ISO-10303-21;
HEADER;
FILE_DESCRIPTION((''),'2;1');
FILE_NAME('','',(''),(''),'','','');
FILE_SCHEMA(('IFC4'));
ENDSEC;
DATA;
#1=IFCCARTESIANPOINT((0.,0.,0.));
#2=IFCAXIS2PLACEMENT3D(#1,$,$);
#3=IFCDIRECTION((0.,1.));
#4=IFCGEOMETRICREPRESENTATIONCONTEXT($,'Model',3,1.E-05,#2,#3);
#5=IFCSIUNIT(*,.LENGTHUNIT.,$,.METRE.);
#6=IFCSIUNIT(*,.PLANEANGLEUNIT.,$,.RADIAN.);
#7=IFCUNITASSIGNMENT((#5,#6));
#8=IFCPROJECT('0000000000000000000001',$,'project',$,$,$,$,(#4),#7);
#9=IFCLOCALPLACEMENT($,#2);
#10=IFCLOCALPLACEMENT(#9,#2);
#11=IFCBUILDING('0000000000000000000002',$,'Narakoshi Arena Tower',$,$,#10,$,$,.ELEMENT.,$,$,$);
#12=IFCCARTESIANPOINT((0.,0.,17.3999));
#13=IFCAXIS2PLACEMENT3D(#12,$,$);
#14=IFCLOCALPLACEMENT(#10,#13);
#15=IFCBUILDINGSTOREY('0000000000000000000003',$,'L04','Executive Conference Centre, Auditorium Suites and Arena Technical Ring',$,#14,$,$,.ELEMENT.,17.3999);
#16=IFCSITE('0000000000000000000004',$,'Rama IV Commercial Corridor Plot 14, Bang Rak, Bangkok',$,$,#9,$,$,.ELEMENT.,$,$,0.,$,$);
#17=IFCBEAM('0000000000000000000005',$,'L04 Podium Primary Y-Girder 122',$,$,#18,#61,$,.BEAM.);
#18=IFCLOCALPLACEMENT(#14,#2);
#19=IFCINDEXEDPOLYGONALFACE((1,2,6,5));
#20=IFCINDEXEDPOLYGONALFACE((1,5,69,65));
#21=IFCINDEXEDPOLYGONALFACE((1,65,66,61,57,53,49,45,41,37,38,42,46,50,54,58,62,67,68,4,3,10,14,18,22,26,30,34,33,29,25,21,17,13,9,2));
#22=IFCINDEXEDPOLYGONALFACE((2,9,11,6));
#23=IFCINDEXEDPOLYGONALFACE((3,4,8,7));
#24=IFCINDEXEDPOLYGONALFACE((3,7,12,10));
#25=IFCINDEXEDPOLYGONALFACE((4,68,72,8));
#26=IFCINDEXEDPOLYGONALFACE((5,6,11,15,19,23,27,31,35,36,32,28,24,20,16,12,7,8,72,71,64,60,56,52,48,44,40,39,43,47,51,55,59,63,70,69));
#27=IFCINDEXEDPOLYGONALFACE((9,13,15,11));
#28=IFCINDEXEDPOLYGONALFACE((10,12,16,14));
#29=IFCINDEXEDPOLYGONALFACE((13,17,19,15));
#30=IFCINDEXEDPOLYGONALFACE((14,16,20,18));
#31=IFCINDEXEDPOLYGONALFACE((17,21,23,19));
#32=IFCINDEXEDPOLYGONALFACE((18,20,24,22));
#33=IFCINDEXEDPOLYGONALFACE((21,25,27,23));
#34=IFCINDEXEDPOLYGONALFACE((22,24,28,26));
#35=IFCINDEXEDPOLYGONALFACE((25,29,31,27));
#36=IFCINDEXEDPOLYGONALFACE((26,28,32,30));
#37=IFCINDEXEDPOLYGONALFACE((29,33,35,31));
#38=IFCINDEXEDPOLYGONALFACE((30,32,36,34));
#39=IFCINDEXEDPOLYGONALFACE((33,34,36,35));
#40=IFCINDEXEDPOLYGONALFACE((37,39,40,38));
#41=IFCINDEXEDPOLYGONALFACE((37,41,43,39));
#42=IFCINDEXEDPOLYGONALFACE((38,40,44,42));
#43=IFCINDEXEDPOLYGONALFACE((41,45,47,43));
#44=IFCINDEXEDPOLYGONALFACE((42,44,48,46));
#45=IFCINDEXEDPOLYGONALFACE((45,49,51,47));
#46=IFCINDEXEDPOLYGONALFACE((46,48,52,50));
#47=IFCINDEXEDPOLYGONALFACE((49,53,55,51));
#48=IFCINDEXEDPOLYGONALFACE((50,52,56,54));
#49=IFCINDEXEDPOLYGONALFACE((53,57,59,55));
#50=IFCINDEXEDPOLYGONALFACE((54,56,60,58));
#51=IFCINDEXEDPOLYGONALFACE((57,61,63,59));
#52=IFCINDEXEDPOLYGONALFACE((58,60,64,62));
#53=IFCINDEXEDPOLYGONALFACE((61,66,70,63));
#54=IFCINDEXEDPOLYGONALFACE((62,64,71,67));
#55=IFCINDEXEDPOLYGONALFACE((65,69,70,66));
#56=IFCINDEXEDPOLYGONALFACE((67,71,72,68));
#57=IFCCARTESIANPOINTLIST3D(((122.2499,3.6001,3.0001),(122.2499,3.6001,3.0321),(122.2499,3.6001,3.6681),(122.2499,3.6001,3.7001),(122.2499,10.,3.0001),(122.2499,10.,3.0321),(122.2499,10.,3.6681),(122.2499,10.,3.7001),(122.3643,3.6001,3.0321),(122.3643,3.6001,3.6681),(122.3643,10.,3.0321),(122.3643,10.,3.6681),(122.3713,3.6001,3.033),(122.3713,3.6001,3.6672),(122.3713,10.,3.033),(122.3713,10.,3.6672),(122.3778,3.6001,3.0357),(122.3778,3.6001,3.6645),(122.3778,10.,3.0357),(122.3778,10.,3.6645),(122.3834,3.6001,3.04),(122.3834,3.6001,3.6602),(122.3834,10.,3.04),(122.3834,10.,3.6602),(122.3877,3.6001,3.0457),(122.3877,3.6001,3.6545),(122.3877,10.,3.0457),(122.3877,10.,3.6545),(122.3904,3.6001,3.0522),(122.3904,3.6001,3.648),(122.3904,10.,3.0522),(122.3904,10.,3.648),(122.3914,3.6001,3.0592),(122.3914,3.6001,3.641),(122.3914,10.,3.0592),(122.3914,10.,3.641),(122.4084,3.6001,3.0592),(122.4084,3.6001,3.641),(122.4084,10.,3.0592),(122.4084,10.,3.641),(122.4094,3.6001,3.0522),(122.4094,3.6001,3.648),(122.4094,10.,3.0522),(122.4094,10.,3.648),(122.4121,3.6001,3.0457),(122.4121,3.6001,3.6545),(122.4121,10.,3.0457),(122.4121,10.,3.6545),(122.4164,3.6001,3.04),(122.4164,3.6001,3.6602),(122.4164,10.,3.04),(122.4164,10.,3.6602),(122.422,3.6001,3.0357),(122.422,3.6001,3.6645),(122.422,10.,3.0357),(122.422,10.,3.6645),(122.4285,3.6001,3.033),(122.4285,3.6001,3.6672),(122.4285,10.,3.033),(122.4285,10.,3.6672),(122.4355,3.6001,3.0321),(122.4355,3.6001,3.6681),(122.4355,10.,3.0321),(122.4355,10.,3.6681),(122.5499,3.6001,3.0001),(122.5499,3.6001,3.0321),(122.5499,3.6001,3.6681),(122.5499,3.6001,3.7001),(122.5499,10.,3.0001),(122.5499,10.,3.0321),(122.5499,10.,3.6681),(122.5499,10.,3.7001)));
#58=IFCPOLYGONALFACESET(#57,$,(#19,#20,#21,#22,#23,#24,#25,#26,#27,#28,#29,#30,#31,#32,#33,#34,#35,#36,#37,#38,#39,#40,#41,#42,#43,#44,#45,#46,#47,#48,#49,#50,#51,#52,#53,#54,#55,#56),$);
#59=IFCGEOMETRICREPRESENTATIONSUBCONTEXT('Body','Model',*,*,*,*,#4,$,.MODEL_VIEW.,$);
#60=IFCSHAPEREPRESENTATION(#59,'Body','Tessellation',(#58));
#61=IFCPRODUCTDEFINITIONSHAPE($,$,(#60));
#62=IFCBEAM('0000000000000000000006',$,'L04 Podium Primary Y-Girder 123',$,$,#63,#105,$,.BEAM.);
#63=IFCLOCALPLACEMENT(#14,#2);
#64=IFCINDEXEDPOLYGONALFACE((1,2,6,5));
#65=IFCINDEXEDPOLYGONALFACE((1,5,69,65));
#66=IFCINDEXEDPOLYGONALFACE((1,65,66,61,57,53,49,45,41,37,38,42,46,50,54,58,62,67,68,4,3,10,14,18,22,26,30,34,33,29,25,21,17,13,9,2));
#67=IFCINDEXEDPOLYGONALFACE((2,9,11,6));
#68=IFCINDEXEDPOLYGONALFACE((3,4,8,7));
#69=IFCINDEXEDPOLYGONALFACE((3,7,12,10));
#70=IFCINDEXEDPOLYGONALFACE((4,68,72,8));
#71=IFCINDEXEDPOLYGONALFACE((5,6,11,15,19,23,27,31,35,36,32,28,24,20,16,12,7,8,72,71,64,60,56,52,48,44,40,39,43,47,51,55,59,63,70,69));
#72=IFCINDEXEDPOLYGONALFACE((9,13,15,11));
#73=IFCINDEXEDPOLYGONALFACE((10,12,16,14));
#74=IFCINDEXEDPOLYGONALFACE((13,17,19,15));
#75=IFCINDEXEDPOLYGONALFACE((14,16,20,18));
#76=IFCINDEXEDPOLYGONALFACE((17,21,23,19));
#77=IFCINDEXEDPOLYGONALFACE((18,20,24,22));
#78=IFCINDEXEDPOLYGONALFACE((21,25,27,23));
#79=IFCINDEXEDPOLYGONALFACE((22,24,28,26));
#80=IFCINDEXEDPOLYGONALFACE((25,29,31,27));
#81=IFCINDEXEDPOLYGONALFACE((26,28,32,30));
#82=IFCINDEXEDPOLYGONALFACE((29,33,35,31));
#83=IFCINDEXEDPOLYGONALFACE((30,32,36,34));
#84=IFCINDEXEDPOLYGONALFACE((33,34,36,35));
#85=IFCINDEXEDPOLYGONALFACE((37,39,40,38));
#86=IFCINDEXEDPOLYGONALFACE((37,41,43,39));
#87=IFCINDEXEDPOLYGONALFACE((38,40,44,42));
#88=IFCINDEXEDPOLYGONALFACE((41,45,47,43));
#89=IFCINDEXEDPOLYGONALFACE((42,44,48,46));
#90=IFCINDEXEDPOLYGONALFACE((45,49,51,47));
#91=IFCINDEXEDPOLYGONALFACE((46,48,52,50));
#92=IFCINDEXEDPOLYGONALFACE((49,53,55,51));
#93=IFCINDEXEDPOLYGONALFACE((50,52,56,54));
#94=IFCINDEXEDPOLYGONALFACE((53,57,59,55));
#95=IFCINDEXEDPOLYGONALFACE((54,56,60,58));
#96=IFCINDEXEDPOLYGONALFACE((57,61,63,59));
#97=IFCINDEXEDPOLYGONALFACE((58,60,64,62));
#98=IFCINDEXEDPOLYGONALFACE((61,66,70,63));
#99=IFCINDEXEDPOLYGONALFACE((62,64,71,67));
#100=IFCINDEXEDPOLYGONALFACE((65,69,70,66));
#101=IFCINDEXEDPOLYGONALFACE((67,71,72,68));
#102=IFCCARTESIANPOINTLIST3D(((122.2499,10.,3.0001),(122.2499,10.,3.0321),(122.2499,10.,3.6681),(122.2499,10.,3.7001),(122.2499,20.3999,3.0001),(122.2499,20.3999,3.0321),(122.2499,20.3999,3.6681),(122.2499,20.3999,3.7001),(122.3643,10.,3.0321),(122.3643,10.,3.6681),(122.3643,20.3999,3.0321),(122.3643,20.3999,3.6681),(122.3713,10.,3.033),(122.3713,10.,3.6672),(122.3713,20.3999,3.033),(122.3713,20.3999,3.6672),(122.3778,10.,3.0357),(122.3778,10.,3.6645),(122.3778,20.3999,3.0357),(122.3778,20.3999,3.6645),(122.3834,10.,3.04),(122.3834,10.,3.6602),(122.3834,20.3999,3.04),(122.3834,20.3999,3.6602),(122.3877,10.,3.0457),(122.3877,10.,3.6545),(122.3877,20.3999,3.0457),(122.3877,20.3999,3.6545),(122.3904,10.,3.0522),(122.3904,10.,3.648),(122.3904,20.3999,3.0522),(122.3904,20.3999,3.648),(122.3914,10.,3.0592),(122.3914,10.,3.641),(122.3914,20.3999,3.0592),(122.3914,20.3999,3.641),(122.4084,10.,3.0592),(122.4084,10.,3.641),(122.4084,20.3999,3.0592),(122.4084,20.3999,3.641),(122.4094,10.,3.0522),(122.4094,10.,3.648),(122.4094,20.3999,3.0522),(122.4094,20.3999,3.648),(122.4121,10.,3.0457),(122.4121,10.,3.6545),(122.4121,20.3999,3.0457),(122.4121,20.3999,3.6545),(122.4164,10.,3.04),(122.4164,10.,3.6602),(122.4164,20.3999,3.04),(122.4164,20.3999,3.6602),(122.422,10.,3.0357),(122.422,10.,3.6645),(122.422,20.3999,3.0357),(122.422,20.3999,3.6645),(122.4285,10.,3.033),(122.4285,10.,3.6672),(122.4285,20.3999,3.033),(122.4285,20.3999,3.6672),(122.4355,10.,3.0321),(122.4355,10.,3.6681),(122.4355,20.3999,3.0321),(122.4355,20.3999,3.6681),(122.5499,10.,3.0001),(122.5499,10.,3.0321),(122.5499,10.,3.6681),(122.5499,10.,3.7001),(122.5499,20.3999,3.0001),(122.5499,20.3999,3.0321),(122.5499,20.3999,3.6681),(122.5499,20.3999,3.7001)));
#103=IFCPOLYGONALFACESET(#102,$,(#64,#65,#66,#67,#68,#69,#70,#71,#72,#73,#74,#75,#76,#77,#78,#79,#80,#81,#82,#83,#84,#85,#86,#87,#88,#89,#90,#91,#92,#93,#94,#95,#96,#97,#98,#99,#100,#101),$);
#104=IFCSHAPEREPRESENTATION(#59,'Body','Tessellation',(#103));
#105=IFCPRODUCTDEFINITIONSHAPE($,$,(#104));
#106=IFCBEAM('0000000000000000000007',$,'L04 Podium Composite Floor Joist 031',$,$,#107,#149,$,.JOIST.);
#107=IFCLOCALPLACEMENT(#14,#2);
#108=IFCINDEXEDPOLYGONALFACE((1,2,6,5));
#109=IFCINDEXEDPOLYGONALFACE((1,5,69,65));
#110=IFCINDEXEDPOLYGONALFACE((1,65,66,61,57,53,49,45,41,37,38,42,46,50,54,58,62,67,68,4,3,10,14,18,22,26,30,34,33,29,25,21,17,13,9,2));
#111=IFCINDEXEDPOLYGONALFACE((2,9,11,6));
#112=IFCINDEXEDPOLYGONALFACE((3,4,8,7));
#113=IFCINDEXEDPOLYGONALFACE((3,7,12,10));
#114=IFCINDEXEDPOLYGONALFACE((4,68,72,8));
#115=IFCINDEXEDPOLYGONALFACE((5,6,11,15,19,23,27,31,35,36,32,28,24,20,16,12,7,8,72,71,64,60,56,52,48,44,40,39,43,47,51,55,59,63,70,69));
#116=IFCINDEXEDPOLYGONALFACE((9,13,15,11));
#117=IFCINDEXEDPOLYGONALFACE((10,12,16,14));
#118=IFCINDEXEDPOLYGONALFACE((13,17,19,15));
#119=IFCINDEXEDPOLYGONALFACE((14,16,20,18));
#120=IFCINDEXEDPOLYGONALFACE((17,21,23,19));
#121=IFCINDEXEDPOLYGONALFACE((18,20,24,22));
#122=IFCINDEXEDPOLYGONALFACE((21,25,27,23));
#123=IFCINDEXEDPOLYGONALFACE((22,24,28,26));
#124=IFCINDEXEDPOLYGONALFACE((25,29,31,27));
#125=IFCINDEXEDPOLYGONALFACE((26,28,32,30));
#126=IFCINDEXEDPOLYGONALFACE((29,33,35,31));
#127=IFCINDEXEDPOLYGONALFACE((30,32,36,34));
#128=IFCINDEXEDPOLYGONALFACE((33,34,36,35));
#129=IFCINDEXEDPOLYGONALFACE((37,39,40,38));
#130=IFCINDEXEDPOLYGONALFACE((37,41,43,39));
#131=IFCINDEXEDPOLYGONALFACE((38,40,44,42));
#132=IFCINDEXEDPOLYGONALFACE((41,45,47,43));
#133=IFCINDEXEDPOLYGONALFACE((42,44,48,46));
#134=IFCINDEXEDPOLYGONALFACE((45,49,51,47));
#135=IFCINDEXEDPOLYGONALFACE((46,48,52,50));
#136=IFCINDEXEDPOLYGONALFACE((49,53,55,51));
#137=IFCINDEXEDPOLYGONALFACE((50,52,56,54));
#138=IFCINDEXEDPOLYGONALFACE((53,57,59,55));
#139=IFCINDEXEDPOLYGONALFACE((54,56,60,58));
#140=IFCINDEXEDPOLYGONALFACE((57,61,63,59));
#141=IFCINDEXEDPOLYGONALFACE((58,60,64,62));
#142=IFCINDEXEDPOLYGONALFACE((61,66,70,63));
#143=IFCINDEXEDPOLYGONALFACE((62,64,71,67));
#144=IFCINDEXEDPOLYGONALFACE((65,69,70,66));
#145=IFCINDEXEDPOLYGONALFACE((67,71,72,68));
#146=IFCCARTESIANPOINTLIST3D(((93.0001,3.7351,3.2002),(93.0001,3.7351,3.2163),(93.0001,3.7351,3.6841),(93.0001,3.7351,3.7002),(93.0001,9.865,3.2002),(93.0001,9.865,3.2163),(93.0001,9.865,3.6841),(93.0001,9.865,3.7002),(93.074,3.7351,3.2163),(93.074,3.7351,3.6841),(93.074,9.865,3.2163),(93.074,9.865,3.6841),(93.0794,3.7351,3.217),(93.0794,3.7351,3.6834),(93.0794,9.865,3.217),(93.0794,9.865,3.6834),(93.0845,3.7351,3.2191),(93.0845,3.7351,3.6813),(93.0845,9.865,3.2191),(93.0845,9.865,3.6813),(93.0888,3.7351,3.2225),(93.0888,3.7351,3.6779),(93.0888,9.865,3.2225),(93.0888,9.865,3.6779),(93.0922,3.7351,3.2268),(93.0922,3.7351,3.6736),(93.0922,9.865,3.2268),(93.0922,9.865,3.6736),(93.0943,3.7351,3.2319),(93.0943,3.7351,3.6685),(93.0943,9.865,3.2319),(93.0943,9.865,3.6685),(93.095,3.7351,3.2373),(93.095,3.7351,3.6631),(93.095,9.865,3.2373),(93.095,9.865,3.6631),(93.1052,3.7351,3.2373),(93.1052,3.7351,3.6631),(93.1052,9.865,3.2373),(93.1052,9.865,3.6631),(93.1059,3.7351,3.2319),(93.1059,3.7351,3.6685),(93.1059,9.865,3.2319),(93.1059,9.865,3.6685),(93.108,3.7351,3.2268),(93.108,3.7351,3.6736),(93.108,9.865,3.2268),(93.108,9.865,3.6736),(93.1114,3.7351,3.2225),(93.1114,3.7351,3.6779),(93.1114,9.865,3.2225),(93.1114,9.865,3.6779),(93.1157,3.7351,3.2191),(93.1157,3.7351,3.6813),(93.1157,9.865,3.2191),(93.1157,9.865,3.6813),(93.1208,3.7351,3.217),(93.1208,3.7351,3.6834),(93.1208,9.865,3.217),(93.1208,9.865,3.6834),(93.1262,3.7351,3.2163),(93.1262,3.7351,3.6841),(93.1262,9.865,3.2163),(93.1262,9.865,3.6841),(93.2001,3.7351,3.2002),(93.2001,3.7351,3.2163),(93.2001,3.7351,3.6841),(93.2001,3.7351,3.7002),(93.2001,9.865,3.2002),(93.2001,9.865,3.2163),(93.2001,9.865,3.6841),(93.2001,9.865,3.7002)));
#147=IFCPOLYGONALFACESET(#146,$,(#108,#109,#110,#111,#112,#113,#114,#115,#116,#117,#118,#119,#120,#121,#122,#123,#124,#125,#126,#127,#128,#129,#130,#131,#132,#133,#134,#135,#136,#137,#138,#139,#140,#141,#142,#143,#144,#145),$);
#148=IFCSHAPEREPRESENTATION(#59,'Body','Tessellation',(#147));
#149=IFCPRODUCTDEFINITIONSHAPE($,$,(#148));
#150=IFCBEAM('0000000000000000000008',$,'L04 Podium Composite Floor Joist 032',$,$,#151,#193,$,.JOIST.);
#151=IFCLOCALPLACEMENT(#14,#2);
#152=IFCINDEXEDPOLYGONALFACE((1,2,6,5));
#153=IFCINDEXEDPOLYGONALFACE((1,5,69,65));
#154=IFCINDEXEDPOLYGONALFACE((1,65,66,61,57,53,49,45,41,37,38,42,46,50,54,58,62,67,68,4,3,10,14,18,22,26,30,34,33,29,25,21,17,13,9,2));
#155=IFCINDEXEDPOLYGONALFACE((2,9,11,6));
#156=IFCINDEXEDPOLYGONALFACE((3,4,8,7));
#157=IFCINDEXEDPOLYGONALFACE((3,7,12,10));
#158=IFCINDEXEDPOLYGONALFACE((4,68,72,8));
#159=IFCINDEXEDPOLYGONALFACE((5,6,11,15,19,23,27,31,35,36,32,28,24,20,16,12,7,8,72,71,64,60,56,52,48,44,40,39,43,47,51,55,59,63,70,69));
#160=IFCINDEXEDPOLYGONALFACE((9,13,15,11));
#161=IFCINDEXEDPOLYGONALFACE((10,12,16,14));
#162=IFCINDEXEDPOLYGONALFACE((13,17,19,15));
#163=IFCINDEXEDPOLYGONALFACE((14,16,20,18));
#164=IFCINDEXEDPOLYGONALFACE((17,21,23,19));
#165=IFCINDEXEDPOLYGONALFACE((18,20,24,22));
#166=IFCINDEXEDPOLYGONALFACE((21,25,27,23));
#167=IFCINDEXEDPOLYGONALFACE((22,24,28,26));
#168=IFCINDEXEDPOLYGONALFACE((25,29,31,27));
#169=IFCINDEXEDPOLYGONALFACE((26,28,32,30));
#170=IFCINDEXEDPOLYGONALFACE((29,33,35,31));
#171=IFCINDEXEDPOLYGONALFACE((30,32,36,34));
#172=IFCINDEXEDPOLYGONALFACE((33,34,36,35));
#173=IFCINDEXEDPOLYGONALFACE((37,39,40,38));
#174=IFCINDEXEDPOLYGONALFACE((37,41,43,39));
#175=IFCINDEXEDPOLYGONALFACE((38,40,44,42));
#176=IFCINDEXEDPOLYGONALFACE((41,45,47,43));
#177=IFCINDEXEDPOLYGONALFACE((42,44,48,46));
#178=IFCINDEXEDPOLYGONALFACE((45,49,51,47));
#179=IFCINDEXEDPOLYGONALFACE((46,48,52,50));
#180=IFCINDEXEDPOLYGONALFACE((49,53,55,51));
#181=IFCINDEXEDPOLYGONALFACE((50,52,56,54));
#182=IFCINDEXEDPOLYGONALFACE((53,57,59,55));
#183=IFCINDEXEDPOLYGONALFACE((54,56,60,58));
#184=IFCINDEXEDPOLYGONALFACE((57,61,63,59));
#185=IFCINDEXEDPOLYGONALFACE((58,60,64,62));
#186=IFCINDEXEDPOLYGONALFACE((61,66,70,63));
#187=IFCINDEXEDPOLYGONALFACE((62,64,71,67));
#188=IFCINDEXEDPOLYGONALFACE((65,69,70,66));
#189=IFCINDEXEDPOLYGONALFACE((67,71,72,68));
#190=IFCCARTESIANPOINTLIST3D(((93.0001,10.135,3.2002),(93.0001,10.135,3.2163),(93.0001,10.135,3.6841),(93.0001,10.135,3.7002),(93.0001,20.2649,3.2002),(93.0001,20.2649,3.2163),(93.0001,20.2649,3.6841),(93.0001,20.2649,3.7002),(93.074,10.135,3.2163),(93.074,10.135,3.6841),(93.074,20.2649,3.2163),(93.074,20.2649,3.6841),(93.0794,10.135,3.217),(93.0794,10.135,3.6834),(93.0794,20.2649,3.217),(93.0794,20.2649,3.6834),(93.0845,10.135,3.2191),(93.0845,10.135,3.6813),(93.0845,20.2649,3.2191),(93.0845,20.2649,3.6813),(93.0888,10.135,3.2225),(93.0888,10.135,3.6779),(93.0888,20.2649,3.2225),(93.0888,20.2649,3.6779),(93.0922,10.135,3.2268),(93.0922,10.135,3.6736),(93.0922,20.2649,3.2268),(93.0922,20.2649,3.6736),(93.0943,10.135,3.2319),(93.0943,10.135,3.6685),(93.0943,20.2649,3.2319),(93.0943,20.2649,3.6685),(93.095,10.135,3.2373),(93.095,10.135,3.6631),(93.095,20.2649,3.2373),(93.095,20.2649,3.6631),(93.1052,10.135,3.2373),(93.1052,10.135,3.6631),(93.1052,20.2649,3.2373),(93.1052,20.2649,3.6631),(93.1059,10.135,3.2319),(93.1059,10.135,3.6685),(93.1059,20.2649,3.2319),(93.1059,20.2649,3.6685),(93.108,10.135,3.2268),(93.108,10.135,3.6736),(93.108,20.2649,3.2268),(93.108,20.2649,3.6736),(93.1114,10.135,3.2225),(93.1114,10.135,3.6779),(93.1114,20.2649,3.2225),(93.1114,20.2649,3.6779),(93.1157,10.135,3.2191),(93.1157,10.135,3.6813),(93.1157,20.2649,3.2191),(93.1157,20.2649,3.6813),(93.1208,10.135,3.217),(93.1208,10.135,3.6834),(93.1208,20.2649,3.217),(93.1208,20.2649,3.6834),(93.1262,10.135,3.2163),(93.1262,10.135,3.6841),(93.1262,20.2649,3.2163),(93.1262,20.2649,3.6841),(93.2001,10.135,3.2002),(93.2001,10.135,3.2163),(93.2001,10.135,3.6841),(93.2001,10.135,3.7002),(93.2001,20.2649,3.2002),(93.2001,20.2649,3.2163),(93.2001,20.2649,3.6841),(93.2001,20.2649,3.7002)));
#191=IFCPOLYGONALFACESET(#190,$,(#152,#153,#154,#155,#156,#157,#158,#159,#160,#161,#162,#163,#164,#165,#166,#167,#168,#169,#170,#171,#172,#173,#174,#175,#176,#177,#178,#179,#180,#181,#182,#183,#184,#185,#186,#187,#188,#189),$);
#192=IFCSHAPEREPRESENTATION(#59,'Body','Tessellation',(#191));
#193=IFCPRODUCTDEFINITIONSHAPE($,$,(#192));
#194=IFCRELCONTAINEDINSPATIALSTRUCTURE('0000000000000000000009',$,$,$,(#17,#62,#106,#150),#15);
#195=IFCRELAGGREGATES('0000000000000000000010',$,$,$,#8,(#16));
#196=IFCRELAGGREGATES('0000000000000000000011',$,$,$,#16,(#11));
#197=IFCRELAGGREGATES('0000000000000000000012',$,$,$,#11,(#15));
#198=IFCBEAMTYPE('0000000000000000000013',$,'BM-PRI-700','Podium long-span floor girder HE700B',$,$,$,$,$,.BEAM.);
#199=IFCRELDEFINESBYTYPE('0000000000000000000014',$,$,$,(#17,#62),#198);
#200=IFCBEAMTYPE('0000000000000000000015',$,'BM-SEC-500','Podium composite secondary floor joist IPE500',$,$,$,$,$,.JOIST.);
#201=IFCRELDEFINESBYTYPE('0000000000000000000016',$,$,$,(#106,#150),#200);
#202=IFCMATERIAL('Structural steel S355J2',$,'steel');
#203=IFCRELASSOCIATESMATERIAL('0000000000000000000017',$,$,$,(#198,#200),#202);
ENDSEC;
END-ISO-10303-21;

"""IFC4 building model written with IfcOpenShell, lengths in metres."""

from ifc_helpers import new_model, si_unit, direction, frame, origin, origin_2d, place, context, subcontext, project, spatial, i_section, extrude, material, material_profile, profile_set, type_object, element, save


model = new_model("IFC4")

# Units and contexts
model_context = context("Model", 3, precision=1e-05, world=origin(), true_north=direction((0.0, 1.0)))
body_context = subcontext(model_context, "Body", "Model", "MODEL_VIEW")
ifc_project = project(units=[si_unit("LENGTHUNIT", "METRE"), si_unit("PLANEANGLEUNIT", "RADIAN")], contexts=[model_context])

# Site, building, storey
site_placement = place(None, origin())
site = spatial("IfcSite", under=ifc_project, at=site_placement, Name="Rama IV Commercial Corridor Plot 14, Bang Rak, Bangkok", CompositionType="ELEMENT", RefElevation=0.0)
building_placement = place(site_placement, origin())
building = spatial("IfcBuilding", under=site, at=building_placement, Name="Narakoshi Arena Tower", CompositionType="ELEMENT")
storey_placement = place(building_placement, frame((0.0, 0.0, 17.3999)))
storey = spatial("IfcBuildingStorey", under=building, at=storey_placement, Name="L04", Description="Executive Conference Centre, Auditorium Suites and Arena Technical Ring", CompositionType="ELEMENT", Elevation=17.3999)

# Beams
ifc_material_1 = material(Name="Structural steel S355J2", Category="steel")
ifc_material_profile_1 = material_profile(ifc_material_1, i_section(OverallWidth=0.3, OverallDepth=0.7, WebThickness=0.0171, FlangeThickness=0.032, FilletRadius=0.0271, at=origin_2d()), Name="HE700B")
ifc_profile_set_1 = profile_set([ifc_material_profile_1], Name="Structural steel S355J2")
beam_type_1 = type_object("IfcBeamType", Name="BM-PRI-700", Description="Podium long-span floor girder HE700B", PredefinedType="BEAM", material=ifc_profile_set_1)
beam_1_placement = place(storey_placement, frame((122.3999, 3.6001, 3.3501), z_axis=(0.0, 1.0, 0.0), x_axis=(-1.0, 0.0, 0.0)))
element("IfcBeam", 1, at=beam_1_placement, inside=storey, type_object=beam_type_1, Name="L04 Podium Primary Y-Girder 122", PredefinedType="BEAM", context=body_context, shape_type="SweptSolid", body=[
    extrude(i_section(OverallWidth=0.3, OverallDepth=0.7, WebThickness=0.0171, FlangeThickness=0.032, FilletRadius=0.0271, at=origin_2d()), origin(), (0.0, 0.0, 1.0), 6.3999),
])
beam_2_placement = place(storey_placement, frame((122.3999, 10.0, 3.3501), z_axis=(0.0, 1.0, 0.0), x_axis=(-1.0, 0.0, 0.0)))
element("IfcBeam", 2, at=beam_2_placement, inside=storey, type_object=beam_type_1, Name="L04 Podium Primary Y-Girder 123", PredefinedType="BEAM", context=body_context, shape_type="SweptSolid", body=[
    extrude(i_section(OverallWidth=0.3, OverallDepth=0.7, WebThickness=0.0171, FlangeThickness=0.032, FilletRadius=0.0271, at=origin_2d()), origin(), (0.0, 0.0, 1.0), 10.3999),
])
ifc_material_profile_2 = material_profile(ifc_material_1, i_section(OverallWidth=0.2, OverallDepth=0.5, WebThickness=0.0103, FlangeThickness=0.0161, FilletRadius=0.021, at=origin_2d()), Name="IPE500")
ifc_profile_set_2 = profile_set([ifc_material_profile_2], Name="Structural steel S355J2")
beam_type_2 = type_object("IfcBeamType", Name="BM-SEC-500", Description="Podium composite secondary floor joist IPE500", PredefinedType="JOIST", material=ifc_profile_set_2)
beam_3_placement = place(storey_placement, frame((93.1001, 3.7351, 3.4502), z_axis=(0.0, 1.0, 0.0), x_axis=(-1.0, 0.0, 0.0)))
element("IfcBeam", 3, at=beam_3_placement, inside=storey, type_object=beam_type_2, Name="L04 Podium Composite Floor Joist 031", PredefinedType="JOIST", context=body_context, shape_type="SweptSolid", body=[
    extrude(i_section(OverallWidth=0.2, OverallDepth=0.5, WebThickness=0.0103, FlangeThickness=0.0161, FilletRadius=0.021, at=origin_2d()), origin(), (0.0, 0.0, 1.0), 6.1299),
])
beam_4_placement = place(storey_placement, frame((93.1001, 10.135, 3.4502), z_axis=(0.0, 1.0, 0.0), x_axis=(-1.0, 0.0, 0.0)))
element("IfcBeam", 4, at=beam_4_placement, inside=storey, type_object=beam_type_2, Name="L04 Podium Composite Floor Joist 032", PredefinedType="JOIST", context=body_context, shape_type="SweptSolid", body=[
    extrude(i_section(OverallWidth=0.2, OverallDepth=0.5, WebThickness=0.0103, FlangeThickness=0.0161, FilletRadius=0.021, at=origin_2d()), origin(), (0.0, 0.0, 1.0), 10.1299),
])

save(model, "model.ifc")
